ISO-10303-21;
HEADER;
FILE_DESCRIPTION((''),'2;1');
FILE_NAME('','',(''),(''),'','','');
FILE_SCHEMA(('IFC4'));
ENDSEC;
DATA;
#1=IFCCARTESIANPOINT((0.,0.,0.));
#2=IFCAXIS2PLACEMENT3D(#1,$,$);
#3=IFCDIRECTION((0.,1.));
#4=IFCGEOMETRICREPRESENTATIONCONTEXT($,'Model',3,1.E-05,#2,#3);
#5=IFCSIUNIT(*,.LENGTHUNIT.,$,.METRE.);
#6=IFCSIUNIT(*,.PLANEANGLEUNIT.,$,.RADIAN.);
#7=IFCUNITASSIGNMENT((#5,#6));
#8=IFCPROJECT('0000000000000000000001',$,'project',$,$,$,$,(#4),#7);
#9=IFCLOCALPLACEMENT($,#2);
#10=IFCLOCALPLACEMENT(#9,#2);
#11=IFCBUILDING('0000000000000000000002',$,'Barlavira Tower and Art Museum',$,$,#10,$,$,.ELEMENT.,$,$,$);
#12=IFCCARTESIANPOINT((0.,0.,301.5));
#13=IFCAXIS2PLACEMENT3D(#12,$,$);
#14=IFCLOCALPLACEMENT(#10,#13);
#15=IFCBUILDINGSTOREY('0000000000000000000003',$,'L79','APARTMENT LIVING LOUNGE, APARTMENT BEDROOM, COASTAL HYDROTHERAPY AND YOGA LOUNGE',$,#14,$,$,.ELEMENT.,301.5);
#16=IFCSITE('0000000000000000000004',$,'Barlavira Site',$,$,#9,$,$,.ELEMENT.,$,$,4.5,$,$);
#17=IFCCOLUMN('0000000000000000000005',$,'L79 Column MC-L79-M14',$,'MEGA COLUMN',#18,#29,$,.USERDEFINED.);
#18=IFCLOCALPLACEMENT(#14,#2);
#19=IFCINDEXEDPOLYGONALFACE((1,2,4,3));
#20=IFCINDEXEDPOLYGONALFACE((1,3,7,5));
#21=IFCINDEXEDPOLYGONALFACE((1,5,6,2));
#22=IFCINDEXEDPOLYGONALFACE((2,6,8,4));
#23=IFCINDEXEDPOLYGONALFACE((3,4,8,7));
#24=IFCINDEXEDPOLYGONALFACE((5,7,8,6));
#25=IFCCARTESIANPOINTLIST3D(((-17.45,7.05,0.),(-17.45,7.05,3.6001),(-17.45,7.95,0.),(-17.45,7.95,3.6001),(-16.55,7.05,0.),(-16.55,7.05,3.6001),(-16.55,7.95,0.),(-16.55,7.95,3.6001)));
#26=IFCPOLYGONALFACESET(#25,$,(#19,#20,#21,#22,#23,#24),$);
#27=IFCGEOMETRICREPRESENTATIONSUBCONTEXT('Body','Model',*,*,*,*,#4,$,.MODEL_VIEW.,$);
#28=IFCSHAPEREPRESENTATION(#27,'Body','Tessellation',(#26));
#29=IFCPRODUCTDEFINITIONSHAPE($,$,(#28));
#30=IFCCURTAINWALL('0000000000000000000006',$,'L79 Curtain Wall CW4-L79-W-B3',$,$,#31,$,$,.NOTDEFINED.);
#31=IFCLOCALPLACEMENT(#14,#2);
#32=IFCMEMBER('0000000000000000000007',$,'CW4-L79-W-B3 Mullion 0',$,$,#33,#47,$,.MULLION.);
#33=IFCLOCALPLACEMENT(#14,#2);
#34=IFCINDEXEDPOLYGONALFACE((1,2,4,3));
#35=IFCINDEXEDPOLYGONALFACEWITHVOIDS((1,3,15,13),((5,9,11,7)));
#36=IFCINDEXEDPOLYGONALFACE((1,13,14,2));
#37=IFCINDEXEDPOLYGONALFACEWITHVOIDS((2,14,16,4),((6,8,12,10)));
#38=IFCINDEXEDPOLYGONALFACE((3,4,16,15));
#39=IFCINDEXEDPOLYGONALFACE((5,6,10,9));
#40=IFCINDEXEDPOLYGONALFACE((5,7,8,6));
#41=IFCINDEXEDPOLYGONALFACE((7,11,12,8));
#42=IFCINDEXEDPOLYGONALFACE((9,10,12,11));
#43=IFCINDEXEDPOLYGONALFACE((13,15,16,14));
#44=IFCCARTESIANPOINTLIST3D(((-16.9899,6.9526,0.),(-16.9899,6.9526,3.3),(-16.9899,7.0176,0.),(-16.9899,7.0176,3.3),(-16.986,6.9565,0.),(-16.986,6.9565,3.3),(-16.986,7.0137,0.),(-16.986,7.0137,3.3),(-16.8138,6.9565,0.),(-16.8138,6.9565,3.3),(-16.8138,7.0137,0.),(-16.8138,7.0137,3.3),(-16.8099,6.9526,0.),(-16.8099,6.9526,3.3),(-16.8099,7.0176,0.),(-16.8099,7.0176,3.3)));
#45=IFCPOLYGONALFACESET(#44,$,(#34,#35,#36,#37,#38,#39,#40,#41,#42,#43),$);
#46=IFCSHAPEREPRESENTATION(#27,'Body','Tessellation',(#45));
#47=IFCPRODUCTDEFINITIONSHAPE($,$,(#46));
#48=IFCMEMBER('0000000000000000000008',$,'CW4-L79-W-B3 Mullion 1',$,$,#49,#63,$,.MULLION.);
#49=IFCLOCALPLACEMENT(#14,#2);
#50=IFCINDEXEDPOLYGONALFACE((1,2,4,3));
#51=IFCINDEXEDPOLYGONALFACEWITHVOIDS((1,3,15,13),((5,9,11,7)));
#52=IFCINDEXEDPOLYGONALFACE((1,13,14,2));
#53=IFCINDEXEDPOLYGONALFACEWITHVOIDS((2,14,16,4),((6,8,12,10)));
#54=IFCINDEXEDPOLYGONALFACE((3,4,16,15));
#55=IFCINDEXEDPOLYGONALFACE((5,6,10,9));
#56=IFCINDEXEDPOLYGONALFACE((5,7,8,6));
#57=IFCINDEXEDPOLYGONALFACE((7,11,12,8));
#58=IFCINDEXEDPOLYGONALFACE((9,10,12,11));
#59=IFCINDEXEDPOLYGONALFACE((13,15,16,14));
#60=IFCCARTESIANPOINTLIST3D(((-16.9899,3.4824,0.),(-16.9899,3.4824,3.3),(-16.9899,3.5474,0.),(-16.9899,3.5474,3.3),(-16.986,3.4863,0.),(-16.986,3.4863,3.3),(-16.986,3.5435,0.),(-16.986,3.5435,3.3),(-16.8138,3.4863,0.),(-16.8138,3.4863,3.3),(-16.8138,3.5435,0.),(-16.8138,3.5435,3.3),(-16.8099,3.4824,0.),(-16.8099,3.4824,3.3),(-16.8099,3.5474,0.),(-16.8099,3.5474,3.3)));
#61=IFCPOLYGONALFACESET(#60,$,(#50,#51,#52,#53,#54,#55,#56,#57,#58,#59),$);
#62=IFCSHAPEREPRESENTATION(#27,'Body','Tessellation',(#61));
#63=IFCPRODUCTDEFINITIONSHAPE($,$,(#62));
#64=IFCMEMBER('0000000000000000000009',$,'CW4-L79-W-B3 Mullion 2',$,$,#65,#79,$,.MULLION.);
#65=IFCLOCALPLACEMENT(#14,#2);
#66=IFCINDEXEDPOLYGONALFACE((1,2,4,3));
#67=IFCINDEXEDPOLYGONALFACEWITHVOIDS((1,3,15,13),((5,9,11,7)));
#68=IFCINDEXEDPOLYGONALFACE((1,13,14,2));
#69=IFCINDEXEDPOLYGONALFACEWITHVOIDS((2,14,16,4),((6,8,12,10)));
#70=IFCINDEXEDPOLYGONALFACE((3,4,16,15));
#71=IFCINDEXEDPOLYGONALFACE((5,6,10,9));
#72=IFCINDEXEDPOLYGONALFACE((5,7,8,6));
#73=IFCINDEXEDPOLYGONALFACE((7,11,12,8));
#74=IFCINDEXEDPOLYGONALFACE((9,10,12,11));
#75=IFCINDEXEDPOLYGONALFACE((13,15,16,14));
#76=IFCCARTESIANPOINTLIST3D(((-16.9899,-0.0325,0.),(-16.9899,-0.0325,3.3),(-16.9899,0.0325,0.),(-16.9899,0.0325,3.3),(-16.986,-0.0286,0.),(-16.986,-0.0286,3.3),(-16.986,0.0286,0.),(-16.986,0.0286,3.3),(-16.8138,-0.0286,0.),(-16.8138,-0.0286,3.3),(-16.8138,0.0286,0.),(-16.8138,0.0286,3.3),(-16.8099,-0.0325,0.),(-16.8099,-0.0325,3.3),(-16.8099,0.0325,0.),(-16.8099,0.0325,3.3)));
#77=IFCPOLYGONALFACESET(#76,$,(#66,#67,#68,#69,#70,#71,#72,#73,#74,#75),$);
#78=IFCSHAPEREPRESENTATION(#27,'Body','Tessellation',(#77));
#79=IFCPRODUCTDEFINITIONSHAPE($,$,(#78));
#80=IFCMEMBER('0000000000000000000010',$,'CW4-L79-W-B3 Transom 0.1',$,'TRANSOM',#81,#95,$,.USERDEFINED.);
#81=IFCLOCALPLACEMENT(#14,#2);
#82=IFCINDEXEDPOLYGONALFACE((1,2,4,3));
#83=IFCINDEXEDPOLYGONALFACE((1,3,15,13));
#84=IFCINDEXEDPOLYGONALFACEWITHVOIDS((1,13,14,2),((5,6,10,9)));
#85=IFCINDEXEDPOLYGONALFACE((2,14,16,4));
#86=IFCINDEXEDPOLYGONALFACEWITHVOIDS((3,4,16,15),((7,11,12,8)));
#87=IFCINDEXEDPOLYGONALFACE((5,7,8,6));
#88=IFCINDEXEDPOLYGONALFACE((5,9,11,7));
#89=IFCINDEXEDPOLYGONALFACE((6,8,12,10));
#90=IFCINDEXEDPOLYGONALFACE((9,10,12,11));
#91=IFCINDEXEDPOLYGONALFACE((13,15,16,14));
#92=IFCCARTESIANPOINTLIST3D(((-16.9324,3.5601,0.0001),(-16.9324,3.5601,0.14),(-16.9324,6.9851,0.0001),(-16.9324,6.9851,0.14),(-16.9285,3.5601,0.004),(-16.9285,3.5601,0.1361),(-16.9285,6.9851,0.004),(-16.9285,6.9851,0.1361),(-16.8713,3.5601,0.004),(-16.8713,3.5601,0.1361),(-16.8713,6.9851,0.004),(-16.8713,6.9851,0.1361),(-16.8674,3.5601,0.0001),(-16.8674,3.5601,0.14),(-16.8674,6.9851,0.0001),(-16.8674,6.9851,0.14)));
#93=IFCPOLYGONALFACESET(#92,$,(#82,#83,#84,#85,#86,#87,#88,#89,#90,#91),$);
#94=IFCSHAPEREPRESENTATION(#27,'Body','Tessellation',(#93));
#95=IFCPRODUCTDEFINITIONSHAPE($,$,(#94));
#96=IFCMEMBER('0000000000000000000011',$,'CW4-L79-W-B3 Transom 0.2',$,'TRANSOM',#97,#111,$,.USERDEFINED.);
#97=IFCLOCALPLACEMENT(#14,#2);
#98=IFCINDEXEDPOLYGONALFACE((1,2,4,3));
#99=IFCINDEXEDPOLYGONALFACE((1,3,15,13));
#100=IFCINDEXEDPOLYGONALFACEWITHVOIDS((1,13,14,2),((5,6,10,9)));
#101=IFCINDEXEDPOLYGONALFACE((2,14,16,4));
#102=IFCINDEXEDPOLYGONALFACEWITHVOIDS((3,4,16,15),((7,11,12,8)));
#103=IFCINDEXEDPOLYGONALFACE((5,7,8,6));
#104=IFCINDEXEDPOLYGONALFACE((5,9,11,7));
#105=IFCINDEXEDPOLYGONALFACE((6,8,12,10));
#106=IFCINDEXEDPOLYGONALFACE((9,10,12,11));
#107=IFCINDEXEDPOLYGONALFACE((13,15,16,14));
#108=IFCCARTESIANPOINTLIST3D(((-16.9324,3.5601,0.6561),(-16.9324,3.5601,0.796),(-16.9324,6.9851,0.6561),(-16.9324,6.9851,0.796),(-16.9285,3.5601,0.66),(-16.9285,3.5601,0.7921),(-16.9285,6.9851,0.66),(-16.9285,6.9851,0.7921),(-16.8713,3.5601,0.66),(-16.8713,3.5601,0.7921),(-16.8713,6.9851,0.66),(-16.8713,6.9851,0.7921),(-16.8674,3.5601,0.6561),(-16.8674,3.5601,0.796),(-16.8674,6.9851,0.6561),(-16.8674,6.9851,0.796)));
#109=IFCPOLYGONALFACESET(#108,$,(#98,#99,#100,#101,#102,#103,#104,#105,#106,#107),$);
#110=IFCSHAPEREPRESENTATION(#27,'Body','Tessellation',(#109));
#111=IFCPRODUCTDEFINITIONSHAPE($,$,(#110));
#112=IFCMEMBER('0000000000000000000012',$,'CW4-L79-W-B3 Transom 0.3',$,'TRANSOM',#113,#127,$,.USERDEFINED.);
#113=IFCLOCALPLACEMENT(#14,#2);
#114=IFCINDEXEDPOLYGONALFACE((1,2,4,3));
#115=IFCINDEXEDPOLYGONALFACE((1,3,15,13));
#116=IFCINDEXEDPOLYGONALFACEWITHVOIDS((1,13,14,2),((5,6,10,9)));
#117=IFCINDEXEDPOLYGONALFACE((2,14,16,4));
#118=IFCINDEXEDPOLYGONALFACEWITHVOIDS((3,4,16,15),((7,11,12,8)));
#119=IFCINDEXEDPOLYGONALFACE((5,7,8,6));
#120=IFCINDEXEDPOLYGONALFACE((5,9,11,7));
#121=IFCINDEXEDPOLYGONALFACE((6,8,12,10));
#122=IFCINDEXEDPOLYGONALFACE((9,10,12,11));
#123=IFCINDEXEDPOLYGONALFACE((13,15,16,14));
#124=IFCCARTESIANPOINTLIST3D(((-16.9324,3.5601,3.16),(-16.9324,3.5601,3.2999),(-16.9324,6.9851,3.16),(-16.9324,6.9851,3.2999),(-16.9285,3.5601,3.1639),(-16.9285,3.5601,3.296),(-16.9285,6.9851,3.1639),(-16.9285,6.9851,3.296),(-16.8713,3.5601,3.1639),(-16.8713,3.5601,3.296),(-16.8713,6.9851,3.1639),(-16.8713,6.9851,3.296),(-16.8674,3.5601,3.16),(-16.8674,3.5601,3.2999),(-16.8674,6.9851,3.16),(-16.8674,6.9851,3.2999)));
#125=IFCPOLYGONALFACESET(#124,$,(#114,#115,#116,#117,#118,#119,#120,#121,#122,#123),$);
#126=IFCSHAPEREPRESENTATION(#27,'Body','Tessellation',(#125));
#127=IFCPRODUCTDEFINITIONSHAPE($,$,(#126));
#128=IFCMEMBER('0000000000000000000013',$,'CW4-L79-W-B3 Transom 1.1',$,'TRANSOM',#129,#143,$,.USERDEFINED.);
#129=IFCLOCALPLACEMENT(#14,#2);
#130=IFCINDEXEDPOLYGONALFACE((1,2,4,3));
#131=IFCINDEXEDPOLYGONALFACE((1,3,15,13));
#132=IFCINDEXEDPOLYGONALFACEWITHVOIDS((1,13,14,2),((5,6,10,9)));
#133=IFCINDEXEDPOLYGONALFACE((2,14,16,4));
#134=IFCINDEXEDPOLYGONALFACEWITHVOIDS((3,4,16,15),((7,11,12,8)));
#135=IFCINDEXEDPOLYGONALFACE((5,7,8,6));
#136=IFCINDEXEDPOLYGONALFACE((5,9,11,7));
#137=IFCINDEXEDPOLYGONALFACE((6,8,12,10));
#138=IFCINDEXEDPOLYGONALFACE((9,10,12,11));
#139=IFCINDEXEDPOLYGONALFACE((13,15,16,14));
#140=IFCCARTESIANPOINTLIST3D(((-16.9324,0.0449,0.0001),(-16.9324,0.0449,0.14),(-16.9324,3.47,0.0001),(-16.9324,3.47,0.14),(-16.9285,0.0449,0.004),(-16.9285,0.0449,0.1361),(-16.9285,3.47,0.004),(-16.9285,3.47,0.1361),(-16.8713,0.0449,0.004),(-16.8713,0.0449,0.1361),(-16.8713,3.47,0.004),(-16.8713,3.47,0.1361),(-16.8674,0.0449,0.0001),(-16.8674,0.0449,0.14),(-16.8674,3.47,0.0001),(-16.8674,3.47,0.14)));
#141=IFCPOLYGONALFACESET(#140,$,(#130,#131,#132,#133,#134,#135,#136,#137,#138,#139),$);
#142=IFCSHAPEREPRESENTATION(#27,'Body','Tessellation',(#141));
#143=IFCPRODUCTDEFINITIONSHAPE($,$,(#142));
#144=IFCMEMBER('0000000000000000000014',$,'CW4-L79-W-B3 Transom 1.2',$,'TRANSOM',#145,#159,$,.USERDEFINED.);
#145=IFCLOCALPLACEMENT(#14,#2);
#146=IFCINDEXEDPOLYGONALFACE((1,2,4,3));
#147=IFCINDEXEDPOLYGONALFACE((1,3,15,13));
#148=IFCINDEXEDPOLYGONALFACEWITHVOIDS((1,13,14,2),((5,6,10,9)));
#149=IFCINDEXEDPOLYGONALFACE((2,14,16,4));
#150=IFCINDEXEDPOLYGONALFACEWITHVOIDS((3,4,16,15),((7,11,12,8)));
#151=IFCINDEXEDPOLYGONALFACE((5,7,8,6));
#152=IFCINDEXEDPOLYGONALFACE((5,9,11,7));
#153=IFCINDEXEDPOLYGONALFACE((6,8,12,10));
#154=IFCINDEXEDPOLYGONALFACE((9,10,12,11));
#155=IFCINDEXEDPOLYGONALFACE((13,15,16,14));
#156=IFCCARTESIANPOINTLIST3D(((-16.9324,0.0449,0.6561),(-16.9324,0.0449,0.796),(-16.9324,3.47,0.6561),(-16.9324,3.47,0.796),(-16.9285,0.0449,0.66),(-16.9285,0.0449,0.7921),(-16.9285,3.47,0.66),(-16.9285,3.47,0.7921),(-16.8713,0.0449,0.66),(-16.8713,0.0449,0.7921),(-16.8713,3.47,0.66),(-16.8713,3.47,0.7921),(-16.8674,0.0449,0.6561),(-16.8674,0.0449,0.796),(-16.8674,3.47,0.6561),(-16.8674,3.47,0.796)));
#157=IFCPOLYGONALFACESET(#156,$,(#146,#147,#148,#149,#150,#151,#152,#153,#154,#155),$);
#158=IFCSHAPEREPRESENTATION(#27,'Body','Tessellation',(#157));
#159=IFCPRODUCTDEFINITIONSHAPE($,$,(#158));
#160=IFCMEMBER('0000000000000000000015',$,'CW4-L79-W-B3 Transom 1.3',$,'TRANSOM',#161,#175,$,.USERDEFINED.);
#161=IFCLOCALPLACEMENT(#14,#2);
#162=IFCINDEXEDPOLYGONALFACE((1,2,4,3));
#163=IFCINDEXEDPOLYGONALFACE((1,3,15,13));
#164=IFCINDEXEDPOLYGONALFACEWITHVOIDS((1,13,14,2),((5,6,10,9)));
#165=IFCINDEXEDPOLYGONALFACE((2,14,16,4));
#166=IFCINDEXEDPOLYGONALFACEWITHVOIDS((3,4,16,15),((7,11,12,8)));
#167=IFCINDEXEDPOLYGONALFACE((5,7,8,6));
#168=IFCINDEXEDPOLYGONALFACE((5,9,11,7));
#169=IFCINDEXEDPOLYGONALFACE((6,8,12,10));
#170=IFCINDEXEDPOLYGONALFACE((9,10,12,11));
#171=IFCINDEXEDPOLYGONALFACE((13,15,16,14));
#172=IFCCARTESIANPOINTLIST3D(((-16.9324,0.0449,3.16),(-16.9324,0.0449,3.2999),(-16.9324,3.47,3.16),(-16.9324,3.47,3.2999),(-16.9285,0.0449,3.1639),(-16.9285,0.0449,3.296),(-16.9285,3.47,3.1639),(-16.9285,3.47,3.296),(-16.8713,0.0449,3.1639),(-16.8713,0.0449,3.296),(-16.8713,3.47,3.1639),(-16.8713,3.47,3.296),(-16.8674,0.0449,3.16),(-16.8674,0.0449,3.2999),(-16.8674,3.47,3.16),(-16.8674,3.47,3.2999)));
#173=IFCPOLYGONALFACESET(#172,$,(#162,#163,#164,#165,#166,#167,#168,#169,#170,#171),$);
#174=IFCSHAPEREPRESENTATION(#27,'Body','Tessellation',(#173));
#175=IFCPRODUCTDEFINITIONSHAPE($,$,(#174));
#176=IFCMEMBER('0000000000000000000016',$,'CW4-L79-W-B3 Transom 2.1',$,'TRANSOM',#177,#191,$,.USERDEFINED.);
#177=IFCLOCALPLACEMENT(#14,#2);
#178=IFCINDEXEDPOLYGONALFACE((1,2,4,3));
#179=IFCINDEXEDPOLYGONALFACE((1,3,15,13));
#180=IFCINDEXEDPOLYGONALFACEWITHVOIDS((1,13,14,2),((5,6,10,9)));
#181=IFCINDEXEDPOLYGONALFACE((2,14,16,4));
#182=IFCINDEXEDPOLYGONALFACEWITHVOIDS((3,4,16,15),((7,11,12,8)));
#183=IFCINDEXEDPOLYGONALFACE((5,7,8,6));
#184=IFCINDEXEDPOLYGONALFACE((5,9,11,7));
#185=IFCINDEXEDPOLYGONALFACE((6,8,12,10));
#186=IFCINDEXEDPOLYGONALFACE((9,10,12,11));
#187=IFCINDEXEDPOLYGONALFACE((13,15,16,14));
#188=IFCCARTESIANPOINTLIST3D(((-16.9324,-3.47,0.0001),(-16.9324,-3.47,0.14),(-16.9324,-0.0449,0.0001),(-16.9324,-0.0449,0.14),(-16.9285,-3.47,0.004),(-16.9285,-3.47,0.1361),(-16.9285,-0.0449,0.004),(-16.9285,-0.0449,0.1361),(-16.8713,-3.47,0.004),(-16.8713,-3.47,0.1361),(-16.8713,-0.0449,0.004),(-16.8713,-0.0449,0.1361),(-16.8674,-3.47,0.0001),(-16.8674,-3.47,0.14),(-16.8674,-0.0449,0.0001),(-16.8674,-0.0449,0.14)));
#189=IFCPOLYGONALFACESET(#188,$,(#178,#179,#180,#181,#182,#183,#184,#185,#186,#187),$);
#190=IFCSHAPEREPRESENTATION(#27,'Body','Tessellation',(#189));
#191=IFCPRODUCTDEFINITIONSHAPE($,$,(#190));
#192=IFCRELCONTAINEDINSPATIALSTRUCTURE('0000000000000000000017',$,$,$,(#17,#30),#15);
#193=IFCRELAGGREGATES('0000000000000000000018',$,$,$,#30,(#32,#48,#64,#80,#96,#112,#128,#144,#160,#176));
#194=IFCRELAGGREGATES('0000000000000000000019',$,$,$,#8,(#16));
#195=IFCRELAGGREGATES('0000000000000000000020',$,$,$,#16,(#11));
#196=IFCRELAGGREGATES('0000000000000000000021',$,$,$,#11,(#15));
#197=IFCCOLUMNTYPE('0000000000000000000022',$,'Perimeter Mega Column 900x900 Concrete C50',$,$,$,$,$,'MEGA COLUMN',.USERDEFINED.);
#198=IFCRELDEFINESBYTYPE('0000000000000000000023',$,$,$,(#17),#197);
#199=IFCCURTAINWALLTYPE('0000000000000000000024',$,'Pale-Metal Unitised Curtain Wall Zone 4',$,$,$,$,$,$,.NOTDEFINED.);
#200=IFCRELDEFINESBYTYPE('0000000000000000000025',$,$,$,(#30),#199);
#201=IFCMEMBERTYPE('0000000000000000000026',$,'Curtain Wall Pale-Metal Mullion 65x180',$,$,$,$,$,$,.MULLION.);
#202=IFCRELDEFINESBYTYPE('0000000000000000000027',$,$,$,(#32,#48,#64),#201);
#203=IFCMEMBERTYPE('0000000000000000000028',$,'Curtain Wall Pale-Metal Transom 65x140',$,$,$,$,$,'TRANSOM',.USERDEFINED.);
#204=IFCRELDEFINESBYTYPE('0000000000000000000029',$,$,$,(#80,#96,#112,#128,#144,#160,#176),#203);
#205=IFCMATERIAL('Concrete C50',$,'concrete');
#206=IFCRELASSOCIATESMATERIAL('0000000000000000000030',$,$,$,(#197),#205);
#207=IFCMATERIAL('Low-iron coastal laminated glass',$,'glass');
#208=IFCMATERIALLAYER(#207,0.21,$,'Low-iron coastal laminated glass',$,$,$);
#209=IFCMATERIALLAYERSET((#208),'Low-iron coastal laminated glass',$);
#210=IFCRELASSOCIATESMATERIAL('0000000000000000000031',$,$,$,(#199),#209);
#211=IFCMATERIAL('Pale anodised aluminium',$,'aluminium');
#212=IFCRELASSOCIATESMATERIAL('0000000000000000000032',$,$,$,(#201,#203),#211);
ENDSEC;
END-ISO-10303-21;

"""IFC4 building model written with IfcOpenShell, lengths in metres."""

from ifc_helpers import new_model, si_unit, direction, frame, origin, origin_2d, place, context, subcontext, project, spatial, rectangle, hollow_rectangle, extrude, material, layer, layer_set, material_profile, profile_set, type_object, element, aggregate, save


model = new_model("IFC4")

# Units and contexts
model_context = context("Model", 3, precision=1e-05, world=origin(), true_north=direction((0.0, 1.0)))
body_context = subcontext(model_context, "Body", "Model", "MODEL_VIEW")
ifc_project = project(units=[si_unit("LENGTHUNIT", "METRE"), si_unit("PLANEANGLEUNIT", "RADIAN")], contexts=[model_context])

# Site, building, storey
site_placement = place(None, origin())
site = spatial("IfcSite", under=ifc_project, at=site_placement, Name="Barlavira Site", CompositionType="ELEMENT", RefElevation=4.5)
building_placement = place(site_placement, origin())
building = spatial("IfcBuilding", under=site, at=building_placement, Name="Barlavira Tower and Art Museum", CompositionType="ELEMENT")
storey_placement = place(building_placement, frame((0.0, 0.0, 301.5)))
storey = spatial("IfcBuildingStorey", under=building, at=storey_placement, Name="L79", Description="APARTMENT LIVING LOUNGE, APARTMENT BEDROOM, COASTAL HYDROTHERAPY AND YOGA LOUNGE", CompositionType="ELEMENT", Elevation=301.5)

# Column
ifc_material_1 = material(Name="Concrete C50", Category="concrete")
ifc_material_profile_1 = material_profile(ifc_material_1, rectangle(XDim=0.8999, YDim=0.8999, at=origin_2d()), Name="RC-COL 900x900")
ifc_profile_set_1 = profile_set([ifc_material_profile_1], Name="Concrete C50")
column_type = type_object("IfcColumnType", Name="Perimeter Mega Column 900x900 Concrete C50", ElementType="MEGA COLUMN", PredefinedType="USERDEFINED", material=ifc_profile_set_1)
column_placement = place(storey_placement, frame((-17.0, 7.5, 0.0), z_axis=(0.0, 0.0, 1.0), x_axis=(1.0, 0.0, 0.0)))
element("IfcColumn", 1, at=column_placement, inside=storey, type_object=column_type, Name="L79 Column MC-L79-M14", ObjectType="MEGA COLUMN", PredefinedType="USERDEFINED", context=body_context, shape_type="SweptSolid", body=[
    extrude(rectangle(XDim=0.8999, YDim=0.8999, at=origin_2d()), origin(), (0.0, 0.0, 1.0), 3.6001),
])

# Curtain wall, members
ifc_material_2 = material(Name="Low-iron coastal laminated glass", Category="glass")
ifc_layer_1 = layer(ifc_material_2, 0.21, Name="Low-iron coastal laminated glass")
ifc_layer_set_1 = layer_set([ifc_layer_1], Name="Low-iron coastal laminated glass")
curtain_wall_type = type_object("IfcCurtainWallType", Name="Pale-Metal Unitised Curtain Wall Zone 4", PredefinedType="NOTDEFINED", material=ifc_layer_set_1)
curtain_wall_placement = place(storey_placement, origin())
curtain_wall = element("IfcCurtainWall", 2, at=curtain_wall_placement, inside=storey, type_object=curtain_wall_type, Name="L79 Curtain Wall CW4-L79-W-B3", PredefinedType="NOTDEFINED")
ifc_material_3 = material(Name="Pale anodised aluminium", Category="aluminium")
ifc_material_profile_2 = material_profile(ifc_material_3, hollow_rectangle(XDim=0.0649, YDim=0.1799, WallThickness=0.0039, at=origin_2d()), Name="ALU-MULL 65x180x4")
ifc_profile_set_2 = profile_set([ifc_material_profile_2], Name="Pale anodised aluminium")
member_type_1 = type_object("IfcMemberType", Name="Curtain Wall Pale-Metal Mullion 65x180", PredefinedType="MULLION", material=ifc_profile_set_2)
member_1_placement = place(storey_placement, frame((-16.8999, 6.9851, 0.0), z_axis=(0.0, 0.0, 1.0), x_axis=(0.0, -1.0, 0.0)))
member_1 = element("IfcMember", 3, at=member_1_placement, type_object=member_type_1, Name="CW4-L79-W-B3 Mullion 0", PredefinedType="MULLION", context=body_context, shape_type="SweptSolid", body=[
    extrude(hollow_rectangle(XDim=0.0649, YDim=0.1799, WallThickness=0.0039, at=origin_2d()), origin(), (0.0, 0.0, 1.0), 3.3),
])
member_2_placement = place(storey_placement, frame((-16.8999, 3.5149, 0.0), z_axis=(0.0, 0.0, 1.0), x_axis=(0.0, -1.0, 0.0)))
member_2 = element("IfcMember", 4, at=member_2_placement, type_object=member_type_1, Name="CW4-L79-W-B3 Mullion 1", PredefinedType="MULLION", context=body_context, shape_type="SweptSolid", body=[
    extrude(hollow_rectangle(XDim=0.0649, YDim=0.1799, WallThickness=0.0039, at=origin_2d()), origin(), (0.0, 0.0, 1.0), 3.3),
])
member_3_placement = place(storey_placement, frame((-16.8999, 0.0, 0.0), z_axis=(0.0, 0.0, 1.0), x_axis=(0.0, -1.0, 0.0)))
member_3 = element("IfcMember", 5, at=member_3_placement, type_object=member_type_1, Name="CW4-L79-W-B3 Mullion 2", PredefinedType="MULLION", context=body_context, shape_type="SweptSolid", body=[
    extrude(hollow_rectangle(XDim=0.0649, YDim=0.1799, WallThickness=0.0039, at=origin_2d()), origin(), (0.0, 0.0, 1.0), 3.3),
])
ifc_material_profile_3 = material_profile(ifc_material_3, hollow_rectangle(XDim=0.0649, YDim=0.1399, WallThickness=0.0039, at=origin_2d()), Name="ALU-TRAN 65x140x4")
ifc_profile_set_3 = profile_set([ifc_material_profile_3], Name="Pale anodised aluminium")
member_type_2 = type_object("IfcMemberType", Name="Curtain Wall Pale-Metal Transom 65x140", ElementType="TRANSOM", PredefinedType="USERDEFINED", material=ifc_profile_set_3)
member_4_placement = place(storey_placement, frame((-16.8999, 6.9851, 0.0701), z_axis=(0.0, -1.0, 0.0), x_axis=(1.0, 0.0, 0.0)))
member_4 = element("IfcMember", 6, at=member_4_placement, type_object=member_type_2, Name="CW4-L79-W-B3 Transom 0.1", ObjectType="TRANSOM", PredefinedType="USERDEFINED", context=body_context, shape_type="SweptSolid", body=[
    extrude(hollow_rectangle(XDim=0.0649, YDim=0.1399, WallThickness=0.0039, at=origin_2d()), origin(), (0.0, 0.0, 1.0), 3.425),
])
member_5_placement = place(storey_placement, frame((-16.8999, 6.9851, 0.7261), z_axis=(0.0, -1.0, 0.0), x_axis=(1.0, 0.0, 0.0)))
member_5 = element("IfcMember", 7, at=member_5_placement, type_object=member_type_2, Name="CW4-L79-W-B3 Transom 0.2", ObjectType="TRANSOM", PredefinedType="USERDEFINED", context=body_context, shape_type="SweptSolid", body=[
    extrude(hollow_rectangle(XDim=0.0649, YDim=0.1399, WallThickness=0.0039, at=origin_2d()), origin(), (0.0, 0.0, 1.0), 3.425),
])
member_6_placement = place(storey_placement, frame((-16.8999, 6.9851, 3.23), z_axis=(0.0, -1.0, 0.0), x_axis=(1.0, 0.0, 0.0)))
member_6 = element("IfcMember", 8, at=member_6_placement, type_object=member_type_2, Name="CW4-L79-W-B3 Transom 0.3", ObjectType="TRANSOM", PredefinedType="USERDEFINED", context=body_context, shape_type="SweptSolid", body=[
    extrude(hollow_rectangle(XDim=0.0649, YDim=0.1399, WallThickness=0.0039, at=origin_2d()), origin(), (0.0, 0.0, 1.0), 3.425),
])
member_7_placement = place(storey_placement, frame((-16.8999, 3.47, 0.0701), z_axis=(0.0, -1.0, 0.0), x_axis=(1.0, 0.0, 0.0)))
member_7 = element("IfcMember", 9, at=member_7_placement, type_object=member_type_2, Name="CW4-L79-W-B3 Transom 1.1", ObjectType="TRANSOM", PredefinedType="USERDEFINED", context=body_context, shape_type="SweptSolid", body=[
    extrude(hollow_rectangle(XDim=0.0649, YDim=0.1399, WallThickness=0.0039, at=origin_2d()), origin(), (0.0, 0.0, 1.0), 3.425),
])
member_8_placement = place(storey_placement, frame((-16.8999, 3.47, 0.7261), z_axis=(0.0, -1.0, 0.0), x_axis=(1.0, 0.0, 0.0)))
member_8 = element("IfcMember", 10, at=member_8_placement, type_object=member_type_2, Name="CW4-L79-W-B3 Transom 1.2", ObjectType="TRANSOM", PredefinedType="USERDEFINED", context=body_context, shape_type="SweptSolid", body=[
    extrude(hollow_rectangle(XDim=0.0649, YDim=0.1399, WallThickness=0.0039, at=origin_2d()), origin(), (0.0, 0.0, 1.0), 3.425),
])
member_9_placement = place(storey_placement, frame((-16.8999, 3.47, 3.23), z_axis=(0.0, -1.0, 0.0), x_axis=(1.0, 0.0, 0.0)))
member_9 = element("IfcMember", 11, at=member_9_placement, type_object=member_type_2, Name="CW4-L79-W-B3 Transom 1.3", ObjectType="TRANSOM", PredefinedType="USERDEFINED", context=body_context, shape_type="SweptSolid", body=[
    extrude(hollow_rectangle(XDim=0.0649, YDim=0.1399, WallThickness=0.0039, at=origin_2d()), origin(), (0.0, 0.0, 1.0), 3.425),
])
member_10_placement = place(storey_placement, frame((-16.8999, -0.0449, 0.0701), z_axis=(0.0, -1.0, 0.0), x_axis=(1.0, 0.0, 0.0)))
member_10 = element("IfcMember", 12, at=member_10_placement, type_object=member_type_2, Name="CW4-L79-W-B3 Transom 2.1", ObjectType="TRANSOM", PredefinedType="USERDEFINED", context=body_context, shape_type="SweptSolid", body=[
    extrude(hollow_rectangle(XDim=0.0649, YDim=0.1399, WallThickness=0.0039, at=origin_2d()), origin(), (0.0, 0.0, 1.0), 3.425),
])

aggregate(curtain_wall, [member_1, member_2, member_3, member_4, member_5, member_6, member_7, member_8, member_9, member_10])

save(model, "model.ifc")
